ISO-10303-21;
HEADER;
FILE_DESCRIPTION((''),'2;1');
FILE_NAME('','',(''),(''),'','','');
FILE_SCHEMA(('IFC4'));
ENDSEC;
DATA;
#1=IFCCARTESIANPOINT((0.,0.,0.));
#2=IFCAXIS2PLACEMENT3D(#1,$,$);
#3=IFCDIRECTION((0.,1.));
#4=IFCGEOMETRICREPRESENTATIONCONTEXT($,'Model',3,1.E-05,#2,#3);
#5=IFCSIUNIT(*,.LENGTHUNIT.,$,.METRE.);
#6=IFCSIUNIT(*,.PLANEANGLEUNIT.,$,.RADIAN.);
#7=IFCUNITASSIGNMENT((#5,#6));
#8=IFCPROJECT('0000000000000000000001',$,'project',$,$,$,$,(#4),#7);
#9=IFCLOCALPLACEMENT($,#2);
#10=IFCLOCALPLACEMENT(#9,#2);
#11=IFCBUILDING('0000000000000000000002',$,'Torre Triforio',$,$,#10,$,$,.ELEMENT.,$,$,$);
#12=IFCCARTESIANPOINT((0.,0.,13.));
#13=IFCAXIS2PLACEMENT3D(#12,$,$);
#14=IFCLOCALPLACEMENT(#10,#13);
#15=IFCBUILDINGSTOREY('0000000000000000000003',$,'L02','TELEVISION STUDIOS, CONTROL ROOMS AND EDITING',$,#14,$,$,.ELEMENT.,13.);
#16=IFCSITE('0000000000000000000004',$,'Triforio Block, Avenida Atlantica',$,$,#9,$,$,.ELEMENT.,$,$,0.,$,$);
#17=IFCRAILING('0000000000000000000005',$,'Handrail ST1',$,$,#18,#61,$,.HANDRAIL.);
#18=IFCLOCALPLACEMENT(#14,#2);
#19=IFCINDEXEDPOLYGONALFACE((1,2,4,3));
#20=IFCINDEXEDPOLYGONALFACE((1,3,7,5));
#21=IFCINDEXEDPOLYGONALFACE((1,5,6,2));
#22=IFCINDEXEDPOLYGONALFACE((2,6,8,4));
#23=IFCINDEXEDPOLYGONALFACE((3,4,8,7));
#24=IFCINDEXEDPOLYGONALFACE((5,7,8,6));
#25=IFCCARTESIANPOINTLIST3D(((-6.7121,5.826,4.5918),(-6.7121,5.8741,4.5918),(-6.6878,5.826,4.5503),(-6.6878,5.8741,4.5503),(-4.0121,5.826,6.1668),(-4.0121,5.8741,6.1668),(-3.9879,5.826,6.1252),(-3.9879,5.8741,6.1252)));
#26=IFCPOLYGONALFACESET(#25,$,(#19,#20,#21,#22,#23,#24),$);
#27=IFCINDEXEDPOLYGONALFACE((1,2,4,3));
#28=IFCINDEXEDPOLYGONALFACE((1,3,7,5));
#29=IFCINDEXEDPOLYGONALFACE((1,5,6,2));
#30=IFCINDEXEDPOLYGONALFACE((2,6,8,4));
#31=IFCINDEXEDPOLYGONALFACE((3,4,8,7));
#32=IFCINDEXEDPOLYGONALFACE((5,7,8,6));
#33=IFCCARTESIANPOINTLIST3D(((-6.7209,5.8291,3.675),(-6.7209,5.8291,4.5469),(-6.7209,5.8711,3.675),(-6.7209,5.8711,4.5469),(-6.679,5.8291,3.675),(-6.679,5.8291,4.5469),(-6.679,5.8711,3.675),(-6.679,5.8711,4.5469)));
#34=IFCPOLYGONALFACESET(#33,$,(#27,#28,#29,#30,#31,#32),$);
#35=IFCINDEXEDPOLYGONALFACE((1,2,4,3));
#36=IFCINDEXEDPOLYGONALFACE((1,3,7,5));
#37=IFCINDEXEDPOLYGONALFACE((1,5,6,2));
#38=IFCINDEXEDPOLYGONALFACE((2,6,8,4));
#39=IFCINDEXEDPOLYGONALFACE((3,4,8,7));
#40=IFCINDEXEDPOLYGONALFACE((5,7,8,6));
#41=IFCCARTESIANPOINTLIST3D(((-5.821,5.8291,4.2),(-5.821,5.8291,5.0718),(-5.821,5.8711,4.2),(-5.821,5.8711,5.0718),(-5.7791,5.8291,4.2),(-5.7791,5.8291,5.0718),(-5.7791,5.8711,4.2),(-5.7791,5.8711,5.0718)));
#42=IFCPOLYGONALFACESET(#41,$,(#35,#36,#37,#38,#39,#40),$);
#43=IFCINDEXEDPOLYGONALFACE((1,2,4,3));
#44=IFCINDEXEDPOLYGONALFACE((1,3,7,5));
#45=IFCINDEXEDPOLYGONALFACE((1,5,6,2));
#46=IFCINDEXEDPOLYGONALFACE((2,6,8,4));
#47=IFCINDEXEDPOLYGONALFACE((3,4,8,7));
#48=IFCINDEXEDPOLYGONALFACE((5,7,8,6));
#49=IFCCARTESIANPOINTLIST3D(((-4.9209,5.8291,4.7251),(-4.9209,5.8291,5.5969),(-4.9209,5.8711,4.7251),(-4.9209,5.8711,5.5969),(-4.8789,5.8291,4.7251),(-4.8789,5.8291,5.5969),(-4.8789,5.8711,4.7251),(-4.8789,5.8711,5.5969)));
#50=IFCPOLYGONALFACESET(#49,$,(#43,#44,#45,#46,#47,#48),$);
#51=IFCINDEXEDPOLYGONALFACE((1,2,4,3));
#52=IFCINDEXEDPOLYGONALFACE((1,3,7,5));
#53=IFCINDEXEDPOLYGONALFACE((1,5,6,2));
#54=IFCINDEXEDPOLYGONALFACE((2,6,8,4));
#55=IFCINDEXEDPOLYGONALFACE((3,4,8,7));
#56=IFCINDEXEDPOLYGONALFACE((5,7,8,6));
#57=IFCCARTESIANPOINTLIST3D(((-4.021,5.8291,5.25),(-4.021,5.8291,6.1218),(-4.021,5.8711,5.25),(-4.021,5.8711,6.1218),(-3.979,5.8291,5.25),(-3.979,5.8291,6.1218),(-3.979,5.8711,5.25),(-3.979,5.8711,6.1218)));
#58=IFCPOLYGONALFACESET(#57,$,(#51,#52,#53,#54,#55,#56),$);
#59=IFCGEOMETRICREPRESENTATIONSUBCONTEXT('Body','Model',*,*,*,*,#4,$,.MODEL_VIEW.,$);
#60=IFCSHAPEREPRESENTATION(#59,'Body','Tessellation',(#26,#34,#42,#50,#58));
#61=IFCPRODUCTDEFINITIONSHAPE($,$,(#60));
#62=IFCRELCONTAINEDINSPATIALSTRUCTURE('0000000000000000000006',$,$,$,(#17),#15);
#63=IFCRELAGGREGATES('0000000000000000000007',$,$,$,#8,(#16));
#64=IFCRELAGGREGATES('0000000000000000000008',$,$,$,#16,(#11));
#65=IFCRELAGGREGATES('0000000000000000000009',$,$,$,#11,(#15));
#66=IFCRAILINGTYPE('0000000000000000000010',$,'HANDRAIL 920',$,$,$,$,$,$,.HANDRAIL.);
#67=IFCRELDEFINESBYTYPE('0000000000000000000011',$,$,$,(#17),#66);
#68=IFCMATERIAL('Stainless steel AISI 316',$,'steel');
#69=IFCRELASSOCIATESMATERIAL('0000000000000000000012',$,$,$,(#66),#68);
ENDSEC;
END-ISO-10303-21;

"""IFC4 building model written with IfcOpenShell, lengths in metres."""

from ifc_helpers import new_model, si_unit, direction, frame, origin, origin_2d, place, context, subcontext, project, spatial, rectangle, extrude, material, type_object, element, save


model = new_model("IFC4")

# Units and contexts
model_context = context("Model", 3, precision=1e-05, world=origin(), true_north=direction((0.0, 1.0)))
body_context = subcontext(model_context, "Body", "Model", "MODEL_VIEW")
ifc_project = project(units=[si_unit("LENGTHUNIT", "METRE"), si_unit("PLANEANGLEUNIT", "RADIAN")], contexts=[model_context])

# Site, building, storey
site_placement = place(None, origin())
site = spatial("IfcSite", under=ifc_project, at=site_placement, Name="Triforio Block, Avenida Atlantica", CompositionType="ELEMENT", RefElevation=0.0)
building_placement = place(site_placement, origin())
building = spatial("IfcBuilding", under=site, at=building_placement, Name="Torre Triforio", CompositionType="ELEMENT")
storey_placement = place(building_placement, frame((0.0, 0.0, 13.0)))
storey = spatial("IfcBuildingStorey", under=building, at=storey_placement, Name="L02", Description="TELEVISION STUDIOS, CONTROL ROOMS AND EDITING", CompositionType="ELEMENT", Elevation=13.0)

# Railing
ifc_material_1 = material(Name="Stainless steel AISI 316", Category="steel")
railing_type = type_object("IfcRailingType", Name="HANDRAIL 920", PredefinedType="HANDRAIL", material=ifc_material_1)
for number, where, name in (
    (1, (-6.7, 5.8501, 3.675), "Handrail ST1"),
):
    element("IfcRailing", number, at=place(storey_placement, frame(where)), inside=storey, type_object=railing_type, Name=name, PredefinedType="HANDRAIL", context=body_context, shape_type="SweptSolid", body=[
        extrude(rectangle(XDim=0.0481, YDim=0.0481, at=origin_2d()), frame((0.0, 0.0, 0.896), z_axis=(0.863782, 0.0, 0.503866), x_axis=(0.0, 1.0, 0.0)), (0.0, 0.0, 1.0), 3.1257),
        extrude(rectangle(XDim=0.042, YDim=0.042, at=origin_2d()), origin(), (0.0, 0.0, 1.0), 0.8718),
        extrude(rectangle(XDim=0.042, YDim=0.042, at=origin_2d()), frame((0.8999, 0.0, 0.5249)), (0.0, 0.0, 1.0), 0.8718),
        extrude(rectangle(XDim=0.042, YDim=0.042, at=origin_2d()), frame((1.8, 0.0, 1.05)), (0.0, 0.0, 1.0), 0.8718),
        extrude(rectangle(XDim=0.042, YDim=0.042, at=origin_2d()), frame((2.7, 0.0, 1.575)), (0.0, 0.0, 1.0), 0.8718),
    ])

save(model, "model.ifc")
